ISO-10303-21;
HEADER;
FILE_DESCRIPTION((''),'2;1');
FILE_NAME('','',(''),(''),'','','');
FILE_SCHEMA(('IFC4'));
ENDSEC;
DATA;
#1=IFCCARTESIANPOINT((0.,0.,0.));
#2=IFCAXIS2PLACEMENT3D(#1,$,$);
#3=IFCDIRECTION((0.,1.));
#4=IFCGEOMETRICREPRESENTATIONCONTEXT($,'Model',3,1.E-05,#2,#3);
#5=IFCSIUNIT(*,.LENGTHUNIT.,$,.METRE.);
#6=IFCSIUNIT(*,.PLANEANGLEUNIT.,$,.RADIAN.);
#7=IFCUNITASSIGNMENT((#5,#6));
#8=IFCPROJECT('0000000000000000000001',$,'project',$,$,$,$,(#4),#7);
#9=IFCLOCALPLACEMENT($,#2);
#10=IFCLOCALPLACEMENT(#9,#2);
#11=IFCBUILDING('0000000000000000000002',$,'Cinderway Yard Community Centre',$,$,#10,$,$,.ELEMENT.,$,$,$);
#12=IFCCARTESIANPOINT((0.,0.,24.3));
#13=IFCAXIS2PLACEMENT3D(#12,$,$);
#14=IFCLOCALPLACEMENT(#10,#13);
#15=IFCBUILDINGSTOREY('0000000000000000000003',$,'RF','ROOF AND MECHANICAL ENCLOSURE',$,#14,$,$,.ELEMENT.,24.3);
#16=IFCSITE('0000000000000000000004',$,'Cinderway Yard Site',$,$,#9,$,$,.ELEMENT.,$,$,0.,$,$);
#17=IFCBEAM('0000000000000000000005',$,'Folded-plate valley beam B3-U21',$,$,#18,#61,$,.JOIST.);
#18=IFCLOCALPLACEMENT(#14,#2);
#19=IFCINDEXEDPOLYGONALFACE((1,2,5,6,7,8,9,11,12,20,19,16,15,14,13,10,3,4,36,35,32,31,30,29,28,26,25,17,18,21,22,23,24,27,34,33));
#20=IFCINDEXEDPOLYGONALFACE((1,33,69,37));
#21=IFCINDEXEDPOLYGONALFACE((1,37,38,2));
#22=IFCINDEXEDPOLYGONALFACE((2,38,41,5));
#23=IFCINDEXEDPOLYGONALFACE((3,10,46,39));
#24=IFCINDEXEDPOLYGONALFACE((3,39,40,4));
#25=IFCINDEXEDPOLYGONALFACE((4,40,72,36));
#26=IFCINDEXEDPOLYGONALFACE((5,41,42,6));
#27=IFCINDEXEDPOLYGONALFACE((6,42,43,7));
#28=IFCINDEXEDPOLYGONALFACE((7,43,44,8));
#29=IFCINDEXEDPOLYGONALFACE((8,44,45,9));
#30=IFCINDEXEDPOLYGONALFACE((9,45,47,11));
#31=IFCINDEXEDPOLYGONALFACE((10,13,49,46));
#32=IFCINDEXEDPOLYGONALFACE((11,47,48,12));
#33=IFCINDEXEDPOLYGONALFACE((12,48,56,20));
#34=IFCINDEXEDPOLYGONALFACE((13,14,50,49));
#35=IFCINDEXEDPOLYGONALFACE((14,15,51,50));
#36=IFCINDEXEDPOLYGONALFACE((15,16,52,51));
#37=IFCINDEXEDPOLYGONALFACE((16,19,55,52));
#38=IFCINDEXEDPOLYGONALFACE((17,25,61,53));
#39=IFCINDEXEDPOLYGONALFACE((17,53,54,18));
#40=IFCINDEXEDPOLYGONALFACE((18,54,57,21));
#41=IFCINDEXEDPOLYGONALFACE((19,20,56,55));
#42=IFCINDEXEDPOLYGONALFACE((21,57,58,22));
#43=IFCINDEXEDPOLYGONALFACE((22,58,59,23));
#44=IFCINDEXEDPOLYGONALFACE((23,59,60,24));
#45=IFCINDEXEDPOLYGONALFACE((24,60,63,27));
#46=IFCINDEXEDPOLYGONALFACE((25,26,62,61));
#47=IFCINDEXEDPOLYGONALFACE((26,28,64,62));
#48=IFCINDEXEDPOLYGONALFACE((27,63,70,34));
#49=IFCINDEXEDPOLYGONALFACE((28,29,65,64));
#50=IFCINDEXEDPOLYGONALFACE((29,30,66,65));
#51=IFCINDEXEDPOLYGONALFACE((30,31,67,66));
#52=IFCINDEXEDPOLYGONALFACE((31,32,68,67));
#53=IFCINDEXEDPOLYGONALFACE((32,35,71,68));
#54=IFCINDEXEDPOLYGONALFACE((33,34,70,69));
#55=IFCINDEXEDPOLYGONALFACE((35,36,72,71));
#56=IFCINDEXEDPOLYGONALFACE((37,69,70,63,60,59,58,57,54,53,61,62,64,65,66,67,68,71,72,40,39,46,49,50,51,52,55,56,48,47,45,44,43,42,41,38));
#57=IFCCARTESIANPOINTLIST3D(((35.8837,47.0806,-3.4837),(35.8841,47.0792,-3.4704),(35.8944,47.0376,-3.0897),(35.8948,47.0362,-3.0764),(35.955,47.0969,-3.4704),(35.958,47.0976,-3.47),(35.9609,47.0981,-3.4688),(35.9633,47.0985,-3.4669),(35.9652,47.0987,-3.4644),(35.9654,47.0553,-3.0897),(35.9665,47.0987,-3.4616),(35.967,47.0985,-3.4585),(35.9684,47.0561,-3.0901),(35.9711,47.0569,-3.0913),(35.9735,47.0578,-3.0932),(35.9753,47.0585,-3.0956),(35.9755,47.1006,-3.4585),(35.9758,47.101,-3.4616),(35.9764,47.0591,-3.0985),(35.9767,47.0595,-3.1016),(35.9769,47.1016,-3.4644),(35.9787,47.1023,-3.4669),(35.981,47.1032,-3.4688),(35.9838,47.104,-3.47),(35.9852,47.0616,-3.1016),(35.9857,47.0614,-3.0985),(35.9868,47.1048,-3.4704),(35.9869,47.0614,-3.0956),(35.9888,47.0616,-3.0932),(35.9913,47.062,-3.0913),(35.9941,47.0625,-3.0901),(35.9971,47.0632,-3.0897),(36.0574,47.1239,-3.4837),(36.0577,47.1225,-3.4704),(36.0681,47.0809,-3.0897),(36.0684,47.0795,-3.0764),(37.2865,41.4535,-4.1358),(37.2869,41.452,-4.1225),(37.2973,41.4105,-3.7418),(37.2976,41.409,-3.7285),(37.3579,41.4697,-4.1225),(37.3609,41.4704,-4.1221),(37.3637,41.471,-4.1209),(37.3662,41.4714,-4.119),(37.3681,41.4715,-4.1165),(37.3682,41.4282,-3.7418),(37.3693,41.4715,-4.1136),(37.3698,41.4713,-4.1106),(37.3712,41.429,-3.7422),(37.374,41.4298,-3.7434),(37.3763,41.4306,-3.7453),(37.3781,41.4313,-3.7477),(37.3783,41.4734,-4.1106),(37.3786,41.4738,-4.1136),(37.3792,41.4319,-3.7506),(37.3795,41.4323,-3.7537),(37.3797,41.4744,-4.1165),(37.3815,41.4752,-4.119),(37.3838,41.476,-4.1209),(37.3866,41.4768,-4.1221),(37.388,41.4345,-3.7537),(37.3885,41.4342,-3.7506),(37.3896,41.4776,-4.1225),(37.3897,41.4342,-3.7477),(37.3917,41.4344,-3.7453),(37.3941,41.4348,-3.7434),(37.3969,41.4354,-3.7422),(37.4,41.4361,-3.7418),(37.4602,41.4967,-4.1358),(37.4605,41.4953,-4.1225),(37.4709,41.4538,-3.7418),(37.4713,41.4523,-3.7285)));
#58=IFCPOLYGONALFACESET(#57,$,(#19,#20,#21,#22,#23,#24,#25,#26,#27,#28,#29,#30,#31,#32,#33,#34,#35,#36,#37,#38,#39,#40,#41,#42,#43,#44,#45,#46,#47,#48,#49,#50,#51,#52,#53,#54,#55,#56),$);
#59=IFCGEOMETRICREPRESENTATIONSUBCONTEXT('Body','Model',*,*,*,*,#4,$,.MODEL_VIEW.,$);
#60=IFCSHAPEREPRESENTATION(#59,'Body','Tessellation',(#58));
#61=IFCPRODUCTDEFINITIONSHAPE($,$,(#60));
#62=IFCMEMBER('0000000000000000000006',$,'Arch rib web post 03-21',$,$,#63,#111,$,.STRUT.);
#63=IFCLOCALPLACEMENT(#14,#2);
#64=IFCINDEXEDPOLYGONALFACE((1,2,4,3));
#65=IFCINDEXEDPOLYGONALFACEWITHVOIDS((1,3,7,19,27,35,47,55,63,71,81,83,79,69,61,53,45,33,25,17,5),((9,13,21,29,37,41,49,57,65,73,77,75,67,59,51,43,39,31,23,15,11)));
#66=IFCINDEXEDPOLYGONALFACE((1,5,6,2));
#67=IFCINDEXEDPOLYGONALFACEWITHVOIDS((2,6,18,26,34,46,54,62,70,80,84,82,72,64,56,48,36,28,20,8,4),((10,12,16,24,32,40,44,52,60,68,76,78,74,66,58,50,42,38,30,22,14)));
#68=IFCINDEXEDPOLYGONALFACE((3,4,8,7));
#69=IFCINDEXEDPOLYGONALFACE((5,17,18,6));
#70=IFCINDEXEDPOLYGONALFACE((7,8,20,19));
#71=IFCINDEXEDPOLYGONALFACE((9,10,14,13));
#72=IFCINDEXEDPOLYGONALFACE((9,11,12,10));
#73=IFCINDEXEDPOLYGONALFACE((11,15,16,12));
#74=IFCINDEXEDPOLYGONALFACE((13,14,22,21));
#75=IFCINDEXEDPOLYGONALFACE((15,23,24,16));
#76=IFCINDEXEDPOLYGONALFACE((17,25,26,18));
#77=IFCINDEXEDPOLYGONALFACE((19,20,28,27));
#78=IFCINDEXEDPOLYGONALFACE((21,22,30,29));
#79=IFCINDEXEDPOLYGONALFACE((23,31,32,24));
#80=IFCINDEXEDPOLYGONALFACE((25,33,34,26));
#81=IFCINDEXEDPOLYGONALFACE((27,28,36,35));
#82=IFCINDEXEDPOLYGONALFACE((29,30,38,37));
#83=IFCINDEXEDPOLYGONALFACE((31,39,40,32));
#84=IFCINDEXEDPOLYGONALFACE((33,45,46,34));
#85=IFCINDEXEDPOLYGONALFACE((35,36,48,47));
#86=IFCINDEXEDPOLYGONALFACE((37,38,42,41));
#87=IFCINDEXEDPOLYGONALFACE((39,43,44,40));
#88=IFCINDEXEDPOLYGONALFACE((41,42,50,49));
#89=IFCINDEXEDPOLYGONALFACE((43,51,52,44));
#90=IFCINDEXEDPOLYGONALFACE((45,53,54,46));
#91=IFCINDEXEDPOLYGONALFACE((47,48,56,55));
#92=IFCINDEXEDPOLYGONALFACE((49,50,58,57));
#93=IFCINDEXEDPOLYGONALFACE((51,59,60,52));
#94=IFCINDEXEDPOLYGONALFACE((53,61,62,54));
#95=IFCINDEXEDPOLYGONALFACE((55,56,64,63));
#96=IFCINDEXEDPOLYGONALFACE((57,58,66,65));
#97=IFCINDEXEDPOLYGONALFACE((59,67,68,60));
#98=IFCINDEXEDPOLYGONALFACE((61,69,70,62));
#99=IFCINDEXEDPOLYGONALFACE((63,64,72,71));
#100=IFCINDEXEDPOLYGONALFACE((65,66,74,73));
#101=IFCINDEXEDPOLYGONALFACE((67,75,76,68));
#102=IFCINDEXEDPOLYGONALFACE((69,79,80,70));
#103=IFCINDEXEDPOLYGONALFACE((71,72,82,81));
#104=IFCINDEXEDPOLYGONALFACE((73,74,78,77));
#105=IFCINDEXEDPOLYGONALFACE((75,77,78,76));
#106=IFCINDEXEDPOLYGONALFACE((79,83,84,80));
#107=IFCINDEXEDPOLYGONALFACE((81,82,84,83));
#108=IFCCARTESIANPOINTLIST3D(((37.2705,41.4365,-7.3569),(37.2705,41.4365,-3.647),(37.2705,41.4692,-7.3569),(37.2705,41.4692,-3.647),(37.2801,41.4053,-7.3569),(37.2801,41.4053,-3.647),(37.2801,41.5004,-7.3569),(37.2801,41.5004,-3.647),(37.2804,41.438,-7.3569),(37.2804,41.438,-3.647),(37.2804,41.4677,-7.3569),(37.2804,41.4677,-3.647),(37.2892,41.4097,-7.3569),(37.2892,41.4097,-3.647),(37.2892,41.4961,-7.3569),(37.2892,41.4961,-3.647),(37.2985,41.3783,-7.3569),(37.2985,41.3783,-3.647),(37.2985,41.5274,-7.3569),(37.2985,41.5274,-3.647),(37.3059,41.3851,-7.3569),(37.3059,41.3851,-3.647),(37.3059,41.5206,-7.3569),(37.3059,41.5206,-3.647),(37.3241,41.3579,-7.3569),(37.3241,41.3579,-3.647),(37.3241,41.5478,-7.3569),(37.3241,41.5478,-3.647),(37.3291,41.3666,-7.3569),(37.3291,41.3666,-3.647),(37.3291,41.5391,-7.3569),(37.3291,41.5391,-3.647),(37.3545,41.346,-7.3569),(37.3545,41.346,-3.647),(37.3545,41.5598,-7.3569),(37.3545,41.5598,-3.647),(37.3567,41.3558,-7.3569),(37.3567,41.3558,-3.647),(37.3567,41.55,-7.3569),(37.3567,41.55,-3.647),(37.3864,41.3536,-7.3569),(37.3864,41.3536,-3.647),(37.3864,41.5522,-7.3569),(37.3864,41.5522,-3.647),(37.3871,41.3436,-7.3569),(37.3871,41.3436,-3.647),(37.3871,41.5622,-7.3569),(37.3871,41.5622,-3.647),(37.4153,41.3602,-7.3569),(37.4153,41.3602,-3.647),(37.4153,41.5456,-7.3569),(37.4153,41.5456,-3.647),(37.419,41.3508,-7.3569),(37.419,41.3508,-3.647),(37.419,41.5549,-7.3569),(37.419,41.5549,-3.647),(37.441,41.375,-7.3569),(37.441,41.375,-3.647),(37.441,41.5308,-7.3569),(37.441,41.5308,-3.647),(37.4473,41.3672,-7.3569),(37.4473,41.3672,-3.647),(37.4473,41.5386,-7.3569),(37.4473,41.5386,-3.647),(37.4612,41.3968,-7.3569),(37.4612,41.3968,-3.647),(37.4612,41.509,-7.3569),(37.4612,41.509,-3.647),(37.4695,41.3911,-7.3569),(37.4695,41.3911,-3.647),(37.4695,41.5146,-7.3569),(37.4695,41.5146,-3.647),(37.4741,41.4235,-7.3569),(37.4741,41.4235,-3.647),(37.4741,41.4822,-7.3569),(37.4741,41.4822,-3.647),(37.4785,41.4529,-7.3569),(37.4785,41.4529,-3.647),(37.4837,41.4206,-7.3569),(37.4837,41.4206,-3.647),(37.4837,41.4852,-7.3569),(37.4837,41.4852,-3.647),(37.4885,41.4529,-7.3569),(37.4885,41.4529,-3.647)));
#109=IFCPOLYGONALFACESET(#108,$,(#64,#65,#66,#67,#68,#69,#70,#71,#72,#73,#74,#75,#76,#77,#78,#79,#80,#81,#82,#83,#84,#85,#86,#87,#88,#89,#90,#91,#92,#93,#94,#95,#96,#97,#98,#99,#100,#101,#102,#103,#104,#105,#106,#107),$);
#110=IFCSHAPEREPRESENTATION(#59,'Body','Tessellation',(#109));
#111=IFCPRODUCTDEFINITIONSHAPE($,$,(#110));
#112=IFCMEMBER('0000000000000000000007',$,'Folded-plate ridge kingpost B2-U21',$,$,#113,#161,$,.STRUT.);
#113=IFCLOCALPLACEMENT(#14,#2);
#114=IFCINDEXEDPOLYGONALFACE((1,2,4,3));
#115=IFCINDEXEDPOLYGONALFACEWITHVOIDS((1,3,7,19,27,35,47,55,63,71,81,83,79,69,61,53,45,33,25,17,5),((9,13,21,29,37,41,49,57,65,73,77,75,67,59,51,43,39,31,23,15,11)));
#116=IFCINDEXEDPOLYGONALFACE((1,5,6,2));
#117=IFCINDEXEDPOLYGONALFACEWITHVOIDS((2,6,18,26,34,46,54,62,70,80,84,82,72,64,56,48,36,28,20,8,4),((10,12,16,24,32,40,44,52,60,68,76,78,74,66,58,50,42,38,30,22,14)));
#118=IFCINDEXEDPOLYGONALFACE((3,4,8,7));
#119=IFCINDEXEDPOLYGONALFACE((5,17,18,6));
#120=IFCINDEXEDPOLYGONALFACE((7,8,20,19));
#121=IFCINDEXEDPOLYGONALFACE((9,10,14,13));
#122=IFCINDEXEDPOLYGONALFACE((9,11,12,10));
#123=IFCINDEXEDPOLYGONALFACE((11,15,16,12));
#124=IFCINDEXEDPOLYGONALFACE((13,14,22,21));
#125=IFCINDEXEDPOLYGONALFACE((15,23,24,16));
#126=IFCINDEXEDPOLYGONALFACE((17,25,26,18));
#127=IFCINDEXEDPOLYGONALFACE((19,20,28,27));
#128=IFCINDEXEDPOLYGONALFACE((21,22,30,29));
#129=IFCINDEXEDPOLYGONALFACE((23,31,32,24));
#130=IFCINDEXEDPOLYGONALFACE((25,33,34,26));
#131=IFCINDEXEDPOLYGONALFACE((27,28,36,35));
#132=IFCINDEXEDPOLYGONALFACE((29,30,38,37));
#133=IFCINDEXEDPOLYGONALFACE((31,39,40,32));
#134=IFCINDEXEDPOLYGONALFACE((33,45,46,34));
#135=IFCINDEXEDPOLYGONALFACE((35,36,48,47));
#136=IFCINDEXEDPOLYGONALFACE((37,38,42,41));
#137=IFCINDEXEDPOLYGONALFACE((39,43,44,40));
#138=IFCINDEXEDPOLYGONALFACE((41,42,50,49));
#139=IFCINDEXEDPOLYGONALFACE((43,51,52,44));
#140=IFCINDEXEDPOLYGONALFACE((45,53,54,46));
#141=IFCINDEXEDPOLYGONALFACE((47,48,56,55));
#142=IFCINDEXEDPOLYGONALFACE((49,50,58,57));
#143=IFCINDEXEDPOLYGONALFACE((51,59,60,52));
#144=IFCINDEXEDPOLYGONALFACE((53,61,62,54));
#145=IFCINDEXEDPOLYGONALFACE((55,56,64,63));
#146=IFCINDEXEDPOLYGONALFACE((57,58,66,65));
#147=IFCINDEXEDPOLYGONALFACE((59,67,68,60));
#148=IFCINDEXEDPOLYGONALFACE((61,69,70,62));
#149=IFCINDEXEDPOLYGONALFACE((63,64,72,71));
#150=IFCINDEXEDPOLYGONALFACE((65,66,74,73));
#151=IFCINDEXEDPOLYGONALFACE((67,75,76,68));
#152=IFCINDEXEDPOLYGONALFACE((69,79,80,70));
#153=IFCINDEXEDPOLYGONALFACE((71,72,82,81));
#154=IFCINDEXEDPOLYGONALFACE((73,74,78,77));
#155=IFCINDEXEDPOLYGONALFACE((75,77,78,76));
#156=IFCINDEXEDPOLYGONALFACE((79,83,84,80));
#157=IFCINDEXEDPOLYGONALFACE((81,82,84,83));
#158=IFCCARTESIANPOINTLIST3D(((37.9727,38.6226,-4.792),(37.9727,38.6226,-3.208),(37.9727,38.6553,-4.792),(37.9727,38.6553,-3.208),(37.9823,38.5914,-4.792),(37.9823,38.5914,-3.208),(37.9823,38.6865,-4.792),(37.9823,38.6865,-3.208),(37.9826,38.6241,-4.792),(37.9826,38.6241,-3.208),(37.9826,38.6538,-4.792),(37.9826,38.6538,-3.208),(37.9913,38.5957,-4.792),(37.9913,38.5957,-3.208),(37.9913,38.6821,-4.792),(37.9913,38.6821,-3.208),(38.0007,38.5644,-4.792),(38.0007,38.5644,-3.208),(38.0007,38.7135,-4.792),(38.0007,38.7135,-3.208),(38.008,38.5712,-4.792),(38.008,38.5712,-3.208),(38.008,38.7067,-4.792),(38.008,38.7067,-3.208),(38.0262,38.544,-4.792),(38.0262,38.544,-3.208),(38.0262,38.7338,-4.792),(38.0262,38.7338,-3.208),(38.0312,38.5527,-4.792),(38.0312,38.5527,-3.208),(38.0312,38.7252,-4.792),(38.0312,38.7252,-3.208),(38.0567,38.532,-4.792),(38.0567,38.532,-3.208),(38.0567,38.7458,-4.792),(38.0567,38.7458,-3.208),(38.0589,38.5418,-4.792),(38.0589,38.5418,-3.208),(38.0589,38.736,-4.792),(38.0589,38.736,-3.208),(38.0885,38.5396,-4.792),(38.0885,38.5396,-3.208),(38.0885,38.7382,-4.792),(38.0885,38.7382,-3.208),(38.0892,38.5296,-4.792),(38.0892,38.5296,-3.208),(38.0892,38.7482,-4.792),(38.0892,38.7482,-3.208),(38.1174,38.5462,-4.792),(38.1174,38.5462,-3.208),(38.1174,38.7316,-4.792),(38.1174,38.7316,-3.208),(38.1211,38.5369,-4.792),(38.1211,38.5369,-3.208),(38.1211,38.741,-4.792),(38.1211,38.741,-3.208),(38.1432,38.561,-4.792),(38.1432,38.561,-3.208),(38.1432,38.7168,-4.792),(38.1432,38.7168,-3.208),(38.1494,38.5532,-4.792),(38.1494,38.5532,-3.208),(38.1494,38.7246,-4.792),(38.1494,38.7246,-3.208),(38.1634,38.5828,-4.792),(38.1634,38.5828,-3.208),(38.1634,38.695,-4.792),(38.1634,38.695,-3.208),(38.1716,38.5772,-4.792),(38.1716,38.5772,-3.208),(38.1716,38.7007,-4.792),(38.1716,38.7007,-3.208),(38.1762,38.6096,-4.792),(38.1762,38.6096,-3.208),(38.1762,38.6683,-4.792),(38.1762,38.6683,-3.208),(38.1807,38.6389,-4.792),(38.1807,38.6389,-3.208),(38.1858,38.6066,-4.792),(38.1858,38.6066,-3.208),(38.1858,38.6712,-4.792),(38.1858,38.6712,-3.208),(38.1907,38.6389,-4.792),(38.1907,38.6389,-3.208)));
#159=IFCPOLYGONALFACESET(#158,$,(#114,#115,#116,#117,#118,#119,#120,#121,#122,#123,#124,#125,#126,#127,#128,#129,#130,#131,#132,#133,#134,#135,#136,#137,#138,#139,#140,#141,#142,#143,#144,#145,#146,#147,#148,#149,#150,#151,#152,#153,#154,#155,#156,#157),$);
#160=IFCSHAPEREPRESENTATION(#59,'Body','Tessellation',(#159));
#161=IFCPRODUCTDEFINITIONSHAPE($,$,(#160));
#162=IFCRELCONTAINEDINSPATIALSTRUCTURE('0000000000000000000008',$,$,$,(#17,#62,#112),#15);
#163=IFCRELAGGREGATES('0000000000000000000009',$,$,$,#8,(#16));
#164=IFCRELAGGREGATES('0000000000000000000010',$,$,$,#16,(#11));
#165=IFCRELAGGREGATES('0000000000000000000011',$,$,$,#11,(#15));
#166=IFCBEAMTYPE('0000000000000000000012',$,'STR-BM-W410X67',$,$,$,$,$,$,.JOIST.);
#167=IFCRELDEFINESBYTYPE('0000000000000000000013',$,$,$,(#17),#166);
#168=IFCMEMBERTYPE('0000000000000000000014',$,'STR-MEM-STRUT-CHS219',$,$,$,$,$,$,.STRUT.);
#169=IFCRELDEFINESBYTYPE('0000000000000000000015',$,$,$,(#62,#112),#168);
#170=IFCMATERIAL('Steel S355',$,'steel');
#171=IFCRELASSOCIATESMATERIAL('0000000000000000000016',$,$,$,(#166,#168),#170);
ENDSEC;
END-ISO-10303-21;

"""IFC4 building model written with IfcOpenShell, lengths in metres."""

from ifc_helpers import new_model, si_unit, direction, frame, origin, origin_2d, place, context, subcontext, project, spatial, hollow_circle, i_section, extrude, material, material_profile, profile_set, type_object, element, save


model = new_model("IFC4")

# Units and contexts
model_context = context("Model", 3, precision=1e-05, world=origin(), true_north=direction((0.0, 1.0)))
body_context = subcontext(model_context, "Body", "Model", "MODEL_VIEW")
ifc_project = project(units=[si_unit("LENGTHUNIT", "METRE"), si_unit("PLANEANGLEUNIT", "RADIAN")], contexts=[model_context])

# Site, building, storey
site_placement = place(None, origin())
site = spatial("IfcSite", under=ifc_project, at=site_placement, Name="Cinderway Yard Site", CompositionType="ELEMENT", RefElevation=0.0)
building_placement = place(site_placement, origin())
building = spatial("IfcBuilding", under=site, at=building_placement, Name="Cinderway Yard Community Centre", CompositionType="ELEMENT")
storey_placement = place(building_placement, frame((0.0, 0.0, 24.3)))
storey = spatial("IfcBuildingStorey", under=building, at=storey_placement, Name="RF", Description="ROOF AND MECHANICAL ENCLOSURE", CompositionType="ELEMENT", Elevation=24.3)

# Beam
ifc_material_1 = material(Name="Steel S355", Category="steel")
ifc_material_profile_1 = material_profile(ifc_material_1, i_section(OverallWidth=0.179, OverallDepth=0.4099, WebThickness=0.0088, FlangeThickness=0.0134, FilletRadius=0.012, at=origin_2d()), Name="Steel S355")
ifc_profile_set_1 = profile_set([ifc_material_profile_1], Name="Steel S355")
beam_type_1 = type_object("IfcBeamType", Name="STR-BM-W410X67", PredefinedType="JOIST", material=ifc_profile_set_1)
beam_1_placement = place(storey_placement, frame((37.3789, 41.4529, -3.9321), z_axis=(-0.240377, 0.964227, 0.111738), x_axis=(-0.970303, -0.241892, 0.0)))
element("IfcBeam", 1, at=beam_1_placement, inside=storey, type_object=beam_type_1, Name="Folded-plate valley beam B3-U21", PredefinedType="JOIST", context=body_context, shape_type="SweptSolid", body=[
    extrude(i_section(OverallWidth=0.179, OverallDepth=0.4099, WebThickness=0.0088, FlangeThickness=0.0134, FilletRadius=0.012, at=origin_2d()), origin(), (0.0, 0.0, 1.0), 5.8359),
])

# Members
ifc_material_profile_2 = material_profile(ifc_material_1, hollow_circle(Radius=0.1096, WallThickness=0.01, at=origin_2d()), Name="Steel S355")
ifc_profile_set_2 = profile_set([ifc_material_profile_2], Name="Steel S355")
member_type_1 = type_object("IfcMemberType", Name="STR-MEM-STRUT-CHS219", PredefinedType="STRUT", material=ifc_profile_set_2)
member_1_placement = place(storey_placement, frame((37.3789, 41.4529, -7.3569), z_axis=(0.0, 0.0, 1.0), x_axis=(1.0, 0.0, 0.0)))
element("IfcMember", 2, at=member_1_placement, inside=storey, type_object=member_type_1, Name="Arch rib web post 03-21", PredefinedType="STRUT", context=body_context, shape_type="SweptSolid", body=[
    extrude(hollow_circle(Radius=0.1096, WallThickness=0.01, at=origin_2d()), origin(), (0.0, 0.0, 1.0), 3.71),
])
for number, where, z_axis, x_axis, name in (
    (3, (38.0811, 38.6389, -4.792), (0.0, 0.0, 1.0), (1.0, 0.0, 0.0), "Folded-plate ridge kingpost B2-U21"),
):
    element("IfcMember", number, at=place(storey_placement, frame(where, z_axis=z_axis, x_axis=x_axis)), inside=storey, type_object=member_type_1, Name=name, PredefinedType="STRUT", context=body_context, shape_type="SweptSolid", body=[
        extrude(hollow_circle(Radius=0.1096, WallThickness=0.01, at=origin_2d()), origin(), (0.0, 0.0, 1.0), 1.584),
    ])

save(model, "model.ifc")
